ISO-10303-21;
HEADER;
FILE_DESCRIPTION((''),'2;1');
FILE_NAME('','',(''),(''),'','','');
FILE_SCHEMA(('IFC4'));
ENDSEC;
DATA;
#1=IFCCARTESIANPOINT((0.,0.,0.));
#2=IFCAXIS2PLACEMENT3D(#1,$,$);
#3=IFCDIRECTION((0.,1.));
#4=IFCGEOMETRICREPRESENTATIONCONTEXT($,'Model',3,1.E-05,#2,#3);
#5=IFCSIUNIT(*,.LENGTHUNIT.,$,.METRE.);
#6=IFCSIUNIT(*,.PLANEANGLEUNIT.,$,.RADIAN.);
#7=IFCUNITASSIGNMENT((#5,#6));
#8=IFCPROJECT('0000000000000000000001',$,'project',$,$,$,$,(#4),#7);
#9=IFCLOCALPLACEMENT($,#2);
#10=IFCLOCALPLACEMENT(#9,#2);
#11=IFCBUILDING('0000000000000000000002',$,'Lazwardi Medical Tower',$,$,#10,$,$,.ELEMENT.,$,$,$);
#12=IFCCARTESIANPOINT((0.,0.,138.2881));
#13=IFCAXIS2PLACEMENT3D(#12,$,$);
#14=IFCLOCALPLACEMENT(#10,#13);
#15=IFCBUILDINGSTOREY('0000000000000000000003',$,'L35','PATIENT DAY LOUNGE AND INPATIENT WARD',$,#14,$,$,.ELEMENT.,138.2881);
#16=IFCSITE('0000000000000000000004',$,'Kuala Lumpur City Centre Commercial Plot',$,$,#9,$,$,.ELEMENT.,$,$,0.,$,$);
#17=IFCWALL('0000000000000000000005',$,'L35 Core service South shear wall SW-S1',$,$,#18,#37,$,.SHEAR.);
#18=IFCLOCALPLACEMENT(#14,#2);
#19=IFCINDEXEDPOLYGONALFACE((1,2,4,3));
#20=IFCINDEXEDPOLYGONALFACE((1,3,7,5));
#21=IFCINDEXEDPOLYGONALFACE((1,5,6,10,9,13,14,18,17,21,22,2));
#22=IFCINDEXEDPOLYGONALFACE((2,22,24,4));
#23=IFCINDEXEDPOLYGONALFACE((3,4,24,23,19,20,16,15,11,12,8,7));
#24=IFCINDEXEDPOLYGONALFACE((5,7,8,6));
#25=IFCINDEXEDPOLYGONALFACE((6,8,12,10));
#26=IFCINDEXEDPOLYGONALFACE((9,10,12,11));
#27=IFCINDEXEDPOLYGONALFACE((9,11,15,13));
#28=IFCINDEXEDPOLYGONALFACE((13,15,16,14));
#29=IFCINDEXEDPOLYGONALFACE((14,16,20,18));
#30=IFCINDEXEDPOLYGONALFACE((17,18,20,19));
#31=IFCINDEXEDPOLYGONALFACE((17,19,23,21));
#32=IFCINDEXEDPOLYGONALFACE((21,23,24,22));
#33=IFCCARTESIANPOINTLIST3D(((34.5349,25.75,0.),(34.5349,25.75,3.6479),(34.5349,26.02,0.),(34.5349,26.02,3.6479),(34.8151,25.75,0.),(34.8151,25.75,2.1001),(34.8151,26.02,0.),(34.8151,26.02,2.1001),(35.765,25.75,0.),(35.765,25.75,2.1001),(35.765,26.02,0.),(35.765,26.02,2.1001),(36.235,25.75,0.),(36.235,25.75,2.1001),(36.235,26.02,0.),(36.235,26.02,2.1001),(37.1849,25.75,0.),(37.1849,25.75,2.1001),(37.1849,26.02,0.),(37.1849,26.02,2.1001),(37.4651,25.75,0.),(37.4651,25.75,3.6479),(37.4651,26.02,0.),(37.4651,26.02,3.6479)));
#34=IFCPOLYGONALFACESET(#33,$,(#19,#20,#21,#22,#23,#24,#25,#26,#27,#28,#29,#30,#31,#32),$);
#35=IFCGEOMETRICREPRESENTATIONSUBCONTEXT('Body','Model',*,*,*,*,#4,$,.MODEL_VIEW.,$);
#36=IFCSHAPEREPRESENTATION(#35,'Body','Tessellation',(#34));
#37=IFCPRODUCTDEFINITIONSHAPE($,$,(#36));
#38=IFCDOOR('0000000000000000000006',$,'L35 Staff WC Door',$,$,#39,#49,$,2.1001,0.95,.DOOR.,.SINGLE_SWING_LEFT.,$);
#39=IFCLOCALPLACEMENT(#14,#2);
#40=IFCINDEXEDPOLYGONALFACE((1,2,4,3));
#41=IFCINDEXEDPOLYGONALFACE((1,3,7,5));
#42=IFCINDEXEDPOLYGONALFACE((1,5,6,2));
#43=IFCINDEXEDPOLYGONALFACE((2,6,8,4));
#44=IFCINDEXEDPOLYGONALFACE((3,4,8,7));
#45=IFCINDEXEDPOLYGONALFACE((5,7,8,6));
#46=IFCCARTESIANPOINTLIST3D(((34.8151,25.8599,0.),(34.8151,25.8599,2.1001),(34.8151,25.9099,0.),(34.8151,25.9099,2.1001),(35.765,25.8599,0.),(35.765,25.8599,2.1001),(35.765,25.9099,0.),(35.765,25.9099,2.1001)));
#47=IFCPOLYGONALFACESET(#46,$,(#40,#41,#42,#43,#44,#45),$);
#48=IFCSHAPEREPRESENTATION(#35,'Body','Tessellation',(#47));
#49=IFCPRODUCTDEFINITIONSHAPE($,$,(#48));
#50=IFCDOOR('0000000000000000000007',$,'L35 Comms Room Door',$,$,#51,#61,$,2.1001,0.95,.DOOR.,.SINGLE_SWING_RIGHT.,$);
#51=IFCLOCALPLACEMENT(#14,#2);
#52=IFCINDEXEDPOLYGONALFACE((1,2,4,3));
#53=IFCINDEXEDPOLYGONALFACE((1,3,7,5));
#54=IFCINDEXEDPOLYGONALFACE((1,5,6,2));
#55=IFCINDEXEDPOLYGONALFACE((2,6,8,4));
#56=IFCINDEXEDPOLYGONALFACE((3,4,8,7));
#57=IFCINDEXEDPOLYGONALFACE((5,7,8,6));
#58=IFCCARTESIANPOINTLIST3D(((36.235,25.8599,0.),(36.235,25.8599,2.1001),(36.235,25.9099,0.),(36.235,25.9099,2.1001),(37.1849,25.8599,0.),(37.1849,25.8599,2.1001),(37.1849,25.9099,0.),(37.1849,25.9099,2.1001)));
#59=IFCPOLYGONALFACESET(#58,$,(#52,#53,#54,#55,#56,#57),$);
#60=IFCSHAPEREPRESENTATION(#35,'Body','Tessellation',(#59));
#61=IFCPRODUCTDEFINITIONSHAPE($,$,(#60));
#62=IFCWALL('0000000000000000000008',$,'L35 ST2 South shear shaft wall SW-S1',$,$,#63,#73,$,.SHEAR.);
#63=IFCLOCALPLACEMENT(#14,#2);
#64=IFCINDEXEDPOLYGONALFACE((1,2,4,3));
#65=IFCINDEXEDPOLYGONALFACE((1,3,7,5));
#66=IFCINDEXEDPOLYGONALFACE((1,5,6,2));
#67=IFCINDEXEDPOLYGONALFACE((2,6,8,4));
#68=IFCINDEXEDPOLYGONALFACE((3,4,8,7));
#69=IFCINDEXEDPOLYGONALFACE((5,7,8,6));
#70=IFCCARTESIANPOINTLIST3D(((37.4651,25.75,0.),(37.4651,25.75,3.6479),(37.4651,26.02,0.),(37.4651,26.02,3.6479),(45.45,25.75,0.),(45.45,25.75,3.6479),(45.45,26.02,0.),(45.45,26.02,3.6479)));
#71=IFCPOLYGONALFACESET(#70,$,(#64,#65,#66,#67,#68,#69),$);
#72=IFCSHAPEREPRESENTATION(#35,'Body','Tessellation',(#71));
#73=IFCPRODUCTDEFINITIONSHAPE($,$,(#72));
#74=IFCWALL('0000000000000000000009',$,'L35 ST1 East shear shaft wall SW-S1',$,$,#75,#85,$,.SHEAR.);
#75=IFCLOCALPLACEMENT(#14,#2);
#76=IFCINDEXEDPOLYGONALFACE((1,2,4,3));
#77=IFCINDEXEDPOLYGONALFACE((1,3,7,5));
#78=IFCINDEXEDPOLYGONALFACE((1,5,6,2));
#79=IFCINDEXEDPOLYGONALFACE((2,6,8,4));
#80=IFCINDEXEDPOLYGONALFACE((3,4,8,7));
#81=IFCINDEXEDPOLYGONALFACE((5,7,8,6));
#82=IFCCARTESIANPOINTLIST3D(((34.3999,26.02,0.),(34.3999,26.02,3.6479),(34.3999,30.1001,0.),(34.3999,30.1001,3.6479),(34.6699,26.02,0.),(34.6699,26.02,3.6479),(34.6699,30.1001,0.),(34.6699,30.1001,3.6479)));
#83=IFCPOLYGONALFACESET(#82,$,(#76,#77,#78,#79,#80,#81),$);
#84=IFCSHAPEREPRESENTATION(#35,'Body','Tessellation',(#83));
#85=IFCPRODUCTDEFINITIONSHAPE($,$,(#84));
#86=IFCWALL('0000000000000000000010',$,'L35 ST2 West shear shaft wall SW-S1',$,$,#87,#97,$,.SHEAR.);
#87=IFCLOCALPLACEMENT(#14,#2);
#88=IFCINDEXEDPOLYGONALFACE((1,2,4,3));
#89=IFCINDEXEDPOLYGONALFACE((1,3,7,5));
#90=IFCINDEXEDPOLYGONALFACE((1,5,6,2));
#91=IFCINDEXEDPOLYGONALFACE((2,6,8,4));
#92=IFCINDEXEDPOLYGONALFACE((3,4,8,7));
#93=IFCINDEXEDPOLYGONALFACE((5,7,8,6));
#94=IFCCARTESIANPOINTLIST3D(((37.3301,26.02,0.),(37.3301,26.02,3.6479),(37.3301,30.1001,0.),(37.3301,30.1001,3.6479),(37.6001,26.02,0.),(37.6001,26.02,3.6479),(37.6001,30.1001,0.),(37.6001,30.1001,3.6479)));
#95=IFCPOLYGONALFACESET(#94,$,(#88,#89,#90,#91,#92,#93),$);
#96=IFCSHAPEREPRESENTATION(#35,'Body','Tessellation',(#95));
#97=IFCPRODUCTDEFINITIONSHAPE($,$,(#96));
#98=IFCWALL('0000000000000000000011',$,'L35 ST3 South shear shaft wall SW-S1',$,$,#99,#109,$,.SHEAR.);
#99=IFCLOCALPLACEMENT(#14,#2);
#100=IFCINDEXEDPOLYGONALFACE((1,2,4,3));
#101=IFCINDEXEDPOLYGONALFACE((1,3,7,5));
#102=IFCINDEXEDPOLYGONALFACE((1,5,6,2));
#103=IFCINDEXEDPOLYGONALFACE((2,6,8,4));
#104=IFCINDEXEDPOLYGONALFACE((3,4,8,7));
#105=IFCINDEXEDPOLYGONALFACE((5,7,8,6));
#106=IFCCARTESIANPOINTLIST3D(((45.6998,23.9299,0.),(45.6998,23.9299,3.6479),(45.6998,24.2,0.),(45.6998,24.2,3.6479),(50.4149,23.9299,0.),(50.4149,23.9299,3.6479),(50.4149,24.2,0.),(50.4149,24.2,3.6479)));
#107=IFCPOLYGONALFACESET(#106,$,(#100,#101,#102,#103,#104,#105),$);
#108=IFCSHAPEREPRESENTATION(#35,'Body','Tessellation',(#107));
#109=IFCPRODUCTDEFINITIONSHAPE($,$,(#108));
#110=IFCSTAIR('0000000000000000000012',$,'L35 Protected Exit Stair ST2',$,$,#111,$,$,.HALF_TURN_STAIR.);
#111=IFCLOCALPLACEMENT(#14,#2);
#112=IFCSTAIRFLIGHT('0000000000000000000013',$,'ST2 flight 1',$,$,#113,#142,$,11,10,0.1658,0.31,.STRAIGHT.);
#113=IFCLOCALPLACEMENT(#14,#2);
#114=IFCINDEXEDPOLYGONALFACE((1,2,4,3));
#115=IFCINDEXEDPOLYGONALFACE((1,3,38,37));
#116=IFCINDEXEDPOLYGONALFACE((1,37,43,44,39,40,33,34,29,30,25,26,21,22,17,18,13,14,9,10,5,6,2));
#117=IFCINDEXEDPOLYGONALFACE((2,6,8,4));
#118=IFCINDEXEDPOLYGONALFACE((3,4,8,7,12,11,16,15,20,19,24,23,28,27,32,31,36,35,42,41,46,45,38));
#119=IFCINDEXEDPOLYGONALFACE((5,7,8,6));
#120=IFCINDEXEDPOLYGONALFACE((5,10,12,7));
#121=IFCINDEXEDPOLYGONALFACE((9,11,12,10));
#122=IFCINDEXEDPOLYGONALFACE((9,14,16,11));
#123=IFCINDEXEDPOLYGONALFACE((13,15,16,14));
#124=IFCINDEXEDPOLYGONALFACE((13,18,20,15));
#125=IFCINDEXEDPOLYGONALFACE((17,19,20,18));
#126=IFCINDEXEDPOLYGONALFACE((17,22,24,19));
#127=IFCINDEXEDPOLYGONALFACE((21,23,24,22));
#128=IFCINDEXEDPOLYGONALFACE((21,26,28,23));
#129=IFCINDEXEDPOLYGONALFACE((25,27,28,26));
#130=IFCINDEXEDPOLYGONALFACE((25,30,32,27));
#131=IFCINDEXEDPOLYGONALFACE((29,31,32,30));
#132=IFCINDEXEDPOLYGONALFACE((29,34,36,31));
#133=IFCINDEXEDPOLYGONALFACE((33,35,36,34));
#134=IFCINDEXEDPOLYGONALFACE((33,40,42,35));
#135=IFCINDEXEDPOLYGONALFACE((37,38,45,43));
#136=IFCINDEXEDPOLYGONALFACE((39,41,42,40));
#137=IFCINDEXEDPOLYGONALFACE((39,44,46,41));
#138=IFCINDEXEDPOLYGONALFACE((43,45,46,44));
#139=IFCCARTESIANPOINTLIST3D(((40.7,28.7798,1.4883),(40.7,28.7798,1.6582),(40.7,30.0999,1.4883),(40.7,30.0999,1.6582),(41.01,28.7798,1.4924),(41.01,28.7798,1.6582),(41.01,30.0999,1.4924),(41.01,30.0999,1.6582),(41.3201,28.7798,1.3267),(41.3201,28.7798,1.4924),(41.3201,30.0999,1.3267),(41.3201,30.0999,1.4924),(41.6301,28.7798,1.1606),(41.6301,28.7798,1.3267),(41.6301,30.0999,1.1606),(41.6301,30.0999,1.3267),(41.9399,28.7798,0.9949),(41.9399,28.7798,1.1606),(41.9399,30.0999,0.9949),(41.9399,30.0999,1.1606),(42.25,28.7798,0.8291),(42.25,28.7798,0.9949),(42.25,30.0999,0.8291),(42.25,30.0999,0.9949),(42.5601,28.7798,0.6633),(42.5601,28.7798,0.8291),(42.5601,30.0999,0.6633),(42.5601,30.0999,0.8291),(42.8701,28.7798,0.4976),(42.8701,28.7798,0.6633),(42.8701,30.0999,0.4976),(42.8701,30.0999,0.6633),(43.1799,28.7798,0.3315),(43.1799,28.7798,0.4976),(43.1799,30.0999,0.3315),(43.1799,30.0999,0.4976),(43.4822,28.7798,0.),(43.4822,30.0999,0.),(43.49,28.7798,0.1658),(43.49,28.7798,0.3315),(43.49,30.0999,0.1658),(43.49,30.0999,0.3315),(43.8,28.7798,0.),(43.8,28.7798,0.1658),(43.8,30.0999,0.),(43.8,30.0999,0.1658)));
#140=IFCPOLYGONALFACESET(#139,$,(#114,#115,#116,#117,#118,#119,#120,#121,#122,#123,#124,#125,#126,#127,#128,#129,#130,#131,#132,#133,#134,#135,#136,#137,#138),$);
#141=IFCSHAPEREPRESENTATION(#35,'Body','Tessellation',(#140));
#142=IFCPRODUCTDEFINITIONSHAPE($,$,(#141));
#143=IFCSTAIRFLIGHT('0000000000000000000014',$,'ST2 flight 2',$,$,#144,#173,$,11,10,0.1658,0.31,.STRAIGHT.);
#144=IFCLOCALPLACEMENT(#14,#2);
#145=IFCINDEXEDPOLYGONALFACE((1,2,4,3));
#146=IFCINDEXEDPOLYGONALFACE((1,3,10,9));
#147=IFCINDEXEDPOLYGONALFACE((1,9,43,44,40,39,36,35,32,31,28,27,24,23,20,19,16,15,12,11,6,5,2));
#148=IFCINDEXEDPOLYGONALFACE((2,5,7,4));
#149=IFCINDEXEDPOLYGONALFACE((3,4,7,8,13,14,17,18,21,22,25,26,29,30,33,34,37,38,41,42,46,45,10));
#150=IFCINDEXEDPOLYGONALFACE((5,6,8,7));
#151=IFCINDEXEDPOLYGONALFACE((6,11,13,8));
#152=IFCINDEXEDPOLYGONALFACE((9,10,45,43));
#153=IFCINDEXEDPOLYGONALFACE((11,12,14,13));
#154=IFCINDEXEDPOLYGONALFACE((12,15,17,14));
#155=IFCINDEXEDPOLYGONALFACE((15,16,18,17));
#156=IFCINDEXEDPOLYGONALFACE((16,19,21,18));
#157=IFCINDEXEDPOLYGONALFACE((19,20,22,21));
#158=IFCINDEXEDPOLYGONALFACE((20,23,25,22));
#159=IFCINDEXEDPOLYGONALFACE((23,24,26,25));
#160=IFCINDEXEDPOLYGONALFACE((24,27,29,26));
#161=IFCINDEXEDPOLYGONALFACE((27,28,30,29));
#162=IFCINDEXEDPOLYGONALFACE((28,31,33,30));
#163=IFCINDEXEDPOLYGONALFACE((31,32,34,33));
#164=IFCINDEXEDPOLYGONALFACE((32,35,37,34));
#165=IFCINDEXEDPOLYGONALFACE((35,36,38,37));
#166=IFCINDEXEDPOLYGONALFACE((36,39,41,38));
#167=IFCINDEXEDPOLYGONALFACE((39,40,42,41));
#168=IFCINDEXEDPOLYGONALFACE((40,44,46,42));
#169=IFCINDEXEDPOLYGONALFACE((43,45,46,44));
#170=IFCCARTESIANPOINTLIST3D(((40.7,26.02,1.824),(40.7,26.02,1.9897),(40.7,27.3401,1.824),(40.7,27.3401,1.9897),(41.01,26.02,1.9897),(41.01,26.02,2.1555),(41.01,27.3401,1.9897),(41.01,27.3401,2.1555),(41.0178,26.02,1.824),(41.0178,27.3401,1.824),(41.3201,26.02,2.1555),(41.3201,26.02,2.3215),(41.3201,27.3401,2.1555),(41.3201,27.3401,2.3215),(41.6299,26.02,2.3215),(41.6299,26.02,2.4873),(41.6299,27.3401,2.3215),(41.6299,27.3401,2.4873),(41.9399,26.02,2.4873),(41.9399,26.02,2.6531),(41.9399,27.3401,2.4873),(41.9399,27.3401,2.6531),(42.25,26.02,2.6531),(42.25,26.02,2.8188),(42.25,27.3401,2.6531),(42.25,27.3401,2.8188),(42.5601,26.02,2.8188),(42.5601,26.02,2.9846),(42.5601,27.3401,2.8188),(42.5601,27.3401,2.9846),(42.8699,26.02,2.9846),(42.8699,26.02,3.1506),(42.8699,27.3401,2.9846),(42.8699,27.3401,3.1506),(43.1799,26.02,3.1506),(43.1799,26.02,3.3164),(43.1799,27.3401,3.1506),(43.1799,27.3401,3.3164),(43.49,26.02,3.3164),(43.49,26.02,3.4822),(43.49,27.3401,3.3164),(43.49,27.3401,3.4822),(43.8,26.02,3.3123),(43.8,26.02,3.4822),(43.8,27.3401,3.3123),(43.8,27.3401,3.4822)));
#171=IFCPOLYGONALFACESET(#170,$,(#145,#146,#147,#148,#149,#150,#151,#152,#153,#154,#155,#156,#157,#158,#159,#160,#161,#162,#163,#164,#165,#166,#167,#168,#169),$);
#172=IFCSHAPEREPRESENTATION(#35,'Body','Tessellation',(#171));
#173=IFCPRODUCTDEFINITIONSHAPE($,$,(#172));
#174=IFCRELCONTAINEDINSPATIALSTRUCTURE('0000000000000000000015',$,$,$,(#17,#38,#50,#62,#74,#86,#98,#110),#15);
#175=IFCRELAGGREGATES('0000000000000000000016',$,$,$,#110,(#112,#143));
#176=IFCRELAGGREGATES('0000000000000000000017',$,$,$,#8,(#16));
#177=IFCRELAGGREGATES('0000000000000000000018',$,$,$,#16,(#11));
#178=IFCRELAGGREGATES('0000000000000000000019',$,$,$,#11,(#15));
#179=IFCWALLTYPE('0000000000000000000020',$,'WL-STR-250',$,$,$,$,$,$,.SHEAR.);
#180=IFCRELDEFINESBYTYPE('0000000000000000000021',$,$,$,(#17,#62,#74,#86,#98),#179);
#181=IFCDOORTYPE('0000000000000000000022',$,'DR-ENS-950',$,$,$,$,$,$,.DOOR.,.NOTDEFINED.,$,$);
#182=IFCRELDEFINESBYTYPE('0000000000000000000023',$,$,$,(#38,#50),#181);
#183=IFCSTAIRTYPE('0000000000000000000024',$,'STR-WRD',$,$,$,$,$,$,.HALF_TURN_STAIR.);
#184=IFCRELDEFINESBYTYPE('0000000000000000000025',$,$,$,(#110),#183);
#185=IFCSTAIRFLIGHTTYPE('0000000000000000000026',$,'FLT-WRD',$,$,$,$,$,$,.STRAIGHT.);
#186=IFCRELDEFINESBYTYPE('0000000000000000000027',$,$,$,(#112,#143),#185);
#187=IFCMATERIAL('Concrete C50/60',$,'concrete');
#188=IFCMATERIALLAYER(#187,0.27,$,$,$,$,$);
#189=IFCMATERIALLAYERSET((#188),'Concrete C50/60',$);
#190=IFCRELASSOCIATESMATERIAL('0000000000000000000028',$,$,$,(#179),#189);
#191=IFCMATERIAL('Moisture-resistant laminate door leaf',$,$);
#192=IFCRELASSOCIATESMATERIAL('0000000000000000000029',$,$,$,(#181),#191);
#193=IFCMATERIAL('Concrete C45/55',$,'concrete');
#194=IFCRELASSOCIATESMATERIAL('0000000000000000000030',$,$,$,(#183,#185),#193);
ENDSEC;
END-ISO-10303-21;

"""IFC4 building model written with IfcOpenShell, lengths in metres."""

from ifc_helpers import new_model, si_unit, direction, frame, frame_2d, origin, place, context, subcontext, project, spatial, polyline, rectangle, outline, extrude, material, layer, layer_set, type_object, element, fill, aggregate, save


model = new_model("IFC4")

# Units and contexts
model_context = context("Model", 3, precision=1e-05, world=origin(), true_north=direction((0.0, 1.0)))
body_context = subcontext(model_context, "Body", "Model", "MODEL_VIEW")
ifc_project = project(units=[si_unit("LENGTHUNIT", "METRE"), si_unit("PLANEANGLEUNIT", "RADIAN")], contexts=[model_context])

# Site, building, storey
site_placement = place(None, origin())
site = spatial("IfcSite", under=ifc_project, at=site_placement, Name="Kuala Lumpur City Centre Commercial Plot", CompositionType="ELEMENT", RefElevation=0.0)
building_placement = place(site_placement, origin())
building = spatial("IfcBuilding", under=site, at=building_placement, Name="Lazwardi Medical Tower", CompositionType="ELEMENT")
storey_placement = place(building_placement, frame((0.0, 0.0, 138.2881)))
storey = spatial("IfcBuildingStorey", under=building, at=storey_placement, Name="L35", Description="PATIENT DAY LOUNGE AND INPATIENT WARD", CompositionType="ELEMENT", Elevation=138.2881)

# Wall, openings, doors
ifc_material_1 = material(Name="Concrete C50/60", Category="concrete")
ifc_layer_1 = layer(ifc_material_1, 0.27)
ifc_layer_set_1 = layer_set([ifc_layer_1], Name="Concrete C50/60")
wall_type_1 = type_object("IfcWallType", Name="WL-STR-250", PredefinedType="SHEAR", material=ifc_layer_set_1)
wall_1_placement = place(storey_placement, frame((34.5349, 25.885, 0.0), z_axis=(0.0, 0.0, 1.0), x_axis=(1.0, 0.0, 0.0)))
wall_1 = element("IfcWall", 1, at=wall_1_placement, inside=storey, type_object=wall_type_1, Name="L35 Core service South shear wall SW-S1", PredefinedType="SHEAR", context=body_context, shape_type="SweptSolid", body=[
    extrude(rectangle(XDim=2.9302, YDim=0.27, at=frame_2d((1.4651, 0.0))), origin(), (0.0, 0.0, 1.0), 3.6479),
])
opening_1_placement = place(wall_1_placement, frame((0.28, 0.0, 0.0)))
opening_1 = element("IfcOpeningElement", 2, at=opening_1_placement, cuts=wall_1, PredefinedType="OPENING", context=body_context, shape_type="SweptSolid", body=[
    extrude(rectangle(XDim=0.95, YDim=2.1001, at=frame_2d((0.4751, 1.05))), frame((0.0, 0.145, 0.0), z_axis=(0.0, -1.0, 0.0), x_axis=(1.0, 0.0, 0.0)), (0.0, 0.0, 1.0), 0.29),
])
opening_2_placement = place(wall_1_placement, frame((1.7, 0.0, 0.0)))
opening_2 = element("IfcOpeningElement", 3, at=opening_2_placement, cuts=wall_1, PredefinedType="OPENING", context=body_context, shape_type="SweptSolid", body=[
    extrude(rectangle(XDim=0.95, YDim=2.1001, at=frame_2d((0.4751, 1.05))), frame((0.0, 0.145, 0.0), z_axis=(0.0, -1.0, 0.0), x_axis=(1.0, 0.0, 0.0)), (0.0, 0.0, 1.0), 0.29),
])
ifc_material_2 = material(Name="Moisture-resistant laminate door leaf")
door_type_1 = type_object("IfcDoorType", Name="DR-ENS-950", OperationType="NOTDEFINED", PredefinedType="DOOR", material=ifc_material_2)
door_1_placement = place(opening_1_placement, origin())
door_1 = element("IfcDoor", 4, at=door_1_placement, inside=storey, type_object=door_type_1, Name="L35 Staff WC Door", OperationType="SINGLE_SWING_LEFT", OverallHeight=2.1001, OverallWidth=0.95, PredefinedType="DOOR", context=body_context, shape_type="SweptSolid", body=[
    extrude(rectangle(XDim=0.95, YDim=2.1001, at=frame_2d((0.4751, 1.05))), frame((0.0, 0.0249, 0.0), z_axis=(0.0, -1.0, 0.0), x_axis=(1.0, 0.0, 0.0)), (0.0, 0.0, 1.0), 0.05),
])
fill(opening_1, door_1)
door_2_placement = place(opening_2_placement, origin())
door_2 = element("IfcDoor", 5, at=door_2_placement, inside=storey, type_object=door_type_1, Name="L35 Comms Room Door", OperationType="SINGLE_SWING_RIGHT", OverallHeight=2.1001, OverallWidth=0.95, PredefinedType="DOOR", context=body_context, shape_type="SweptSolid", body=[
    extrude(rectangle(XDim=0.95, YDim=2.1001, at=frame_2d((0.4751, 1.05))), frame((0.0, 0.0249, 0.0), z_axis=(0.0, -1.0, 0.0), x_axis=(1.0, 0.0, 0.0)), (0.0, 0.0, 1.0), 0.05),
])
fill(opening_2, door_2)

# Walls
wall_2_placement = place(storey_placement, frame((37.4651, 25.885, 0.0), z_axis=(0.0, 0.0, 1.0), x_axis=(1.0, 0.0, 0.0)))
element("IfcWall", 6, at=wall_2_placement, inside=storey, type_object=wall_type_1, Name="L35 ST2 South shear shaft wall SW-S1", PredefinedType="SHEAR", context=body_context, shape_type="SweptSolid", body=[
    extrude(rectangle(XDim=7.9849, YDim=0.27, at=frame_2d((3.9924, 0.0))), origin(), (0.0, 0.0, 1.0), 3.6479),
])
for number, where, z_axis, x_axis, name in (
    (7, (34.5349, 26.02, 0.0), (0.0, 0.0, 1.0), (0.0, 1.0, 0.0), "L35 ST1 East shear shaft wall SW-S1"),
    (8, (37.4651, 26.02, 0.0), (0.0, 0.0, 1.0), (0.0, 1.0, 0.0), "L35 ST2 West shear shaft wall SW-S1"),
):
    element("IfcWall", number, at=place(storey_placement, frame(where, z_axis=z_axis, x_axis=x_axis)), inside=storey, type_object=wall_type_1, Name=name, PredefinedType="SHEAR", context=body_context, shape_type="SweptSolid", body=[
        extrude(rectangle(XDim=4.0801, YDim=0.27, at=frame_2d((2.04, 0.0))), origin(), (0.0, 0.0, 1.0), 3.6479),
    ])
wall_3_placement = place(storey_placement, frame((45.7, 24.0649, 0.0), z_axis=(0.0, 0.0, 1.0), x_axis=(1.0, 0.0, 0.0)))
element("IfcWall", 9, at=wall_3_placement, inside=storey, type_object=wall_type_1, Name="L35 ST3 South shear shaft wall SW-S1", PredefinedType="SHEAR", context=body_context, shape_type="SweptSolid", body=[
    extrude(rectangle(XDim=4.7151, YDim=0.27, at=frame_2d((2.3574, 0.0))), origin(), (0.0, 0.0, 1.0), 3.6479),
])

# Stair, stair flights
ifc_material_3 = material(Name="Concrete C45/55", Category="concrete")
stair_type = type_object("IfcStairType", Name="STR-WRD", PredefinedType="HALF_TURN_STAIR", material=ifc_material_3)
stair_placement = place(storey_placement, origin())
stair = element("IfcStair", 10, at=stair_placement, inside=storey, type_object=stair_type, Name="L35 Protected Exit Stair ST2", PredefinedType="HALF_TURN_STAIR")
stair_flight_type = type_object("IfcStairFlightType", Name="FLT-WRD", PredefinedType="STRAIGHT", material=ifc_material_3)
stair_flight_1_placement = place(storey_placement, frame((43.8, 29.4399, 0.0), z_axis=(0.0, 0.0, 1.0), x_axis=(-1.0, 0.0, 0.0)))
stair_flight_1 = element("IfcStairFlight", 11, at=stair_flight_1_placement, type_object=stair_flight_type, Name="ST2 flight 1", NumberOfRisers=11, NumberOfTreads=10, PredefinedType="STRAIGHT", RiserHeight=0.1658, TreadLength=0.31, context=body_context, shape_type="SweptSolid", body=[
    extrude(outline(polyline([(0.0, 0.0), (0.0, 0.1658), (0.3101, 0.1658), (0.3101, 0.3315), (0.6201, 0.3315), (0.6201, 0.4976), (0.9299, 0.4976), (0.9299, 0.6633), (1.24, 0.6633), (1.24, 0.8291), (1.55, 0.8291), (1.55, 0.9949), (1.8601, 0.9949), (1.8601, 1.1606), (2.1699, 1.1606), (2.1699, 1.3267), (2.48, 1.3267), (2.48, 1.4924), (2.79, 1.4924), (2.79, 1.6582), (3.1001, 1.6582), (3.1001, 1.824), (3.1001, 1.4883), (0.3179, 0.0), (0.0, 0.0)])), frame((0.0, 0.6602, 0.0), z_axis=(0.0, -1.0, 0.0), x_axis=(1.0, 0.0, 0.0)), (0.0, 0.0, 1.0), 1.3201),
])
stair_flight_2_placement = place(storey_placement, frame((40.7, 26.6799, 1.824), z_axis=(0.0, 0.0, 1.0), x_axis=(1.0, 0.0, 0.0)))
stair_flight_2 = element("IfcStairFlight", 12, at=stair_flight_2_placement, type_object=stair_flight_type, Name="ST2 flight 2", NumberOfRisers=11, NumberOfTreads=10, PredefinedType="STRAIGHT", RiserHeight=0.1658, TreadLength=0.31, context=body_context, shape_type="SweptSolid", body=[
    extrude(outline(polyline([(0.0, 0.0), (0.0, 0.1658), (0.3101, 0.1658), (0.3101, 0.3315), (0.6201, 0.3315), (0.6201, 0.4976), (0.9299, 0.4976), (0.9299, 0.6633), (1.24, 0.6633), (1.24, 0.8291), (1.55, 0.8291), (1.55, 0.9949), (1.8601, 0.9949), (1.8601, 1.1606), (2.1699, 1.1606), (2.1699, 1.3267), (2.48, 1.3267), (2.48, 1.4924), (2.79, 1.4924), (2.79, 1.6582), (3.1001, 1.6582), (3.1001, 1.824), (3.1001, 1.4883), (0.3179, 0.0), (0.0, 0.0)])), frame((0.0, 0.6602, 0.0), z_axis=(0.0, -1.0, 0.0), x_axis=(1.0, 0.0, 0.0)), (0.0, 0.0, 1.0), 1.3201),
])
aggregate(stair, [stair_flight_1, stair_flight_2])

save(model, "model.ifc")
